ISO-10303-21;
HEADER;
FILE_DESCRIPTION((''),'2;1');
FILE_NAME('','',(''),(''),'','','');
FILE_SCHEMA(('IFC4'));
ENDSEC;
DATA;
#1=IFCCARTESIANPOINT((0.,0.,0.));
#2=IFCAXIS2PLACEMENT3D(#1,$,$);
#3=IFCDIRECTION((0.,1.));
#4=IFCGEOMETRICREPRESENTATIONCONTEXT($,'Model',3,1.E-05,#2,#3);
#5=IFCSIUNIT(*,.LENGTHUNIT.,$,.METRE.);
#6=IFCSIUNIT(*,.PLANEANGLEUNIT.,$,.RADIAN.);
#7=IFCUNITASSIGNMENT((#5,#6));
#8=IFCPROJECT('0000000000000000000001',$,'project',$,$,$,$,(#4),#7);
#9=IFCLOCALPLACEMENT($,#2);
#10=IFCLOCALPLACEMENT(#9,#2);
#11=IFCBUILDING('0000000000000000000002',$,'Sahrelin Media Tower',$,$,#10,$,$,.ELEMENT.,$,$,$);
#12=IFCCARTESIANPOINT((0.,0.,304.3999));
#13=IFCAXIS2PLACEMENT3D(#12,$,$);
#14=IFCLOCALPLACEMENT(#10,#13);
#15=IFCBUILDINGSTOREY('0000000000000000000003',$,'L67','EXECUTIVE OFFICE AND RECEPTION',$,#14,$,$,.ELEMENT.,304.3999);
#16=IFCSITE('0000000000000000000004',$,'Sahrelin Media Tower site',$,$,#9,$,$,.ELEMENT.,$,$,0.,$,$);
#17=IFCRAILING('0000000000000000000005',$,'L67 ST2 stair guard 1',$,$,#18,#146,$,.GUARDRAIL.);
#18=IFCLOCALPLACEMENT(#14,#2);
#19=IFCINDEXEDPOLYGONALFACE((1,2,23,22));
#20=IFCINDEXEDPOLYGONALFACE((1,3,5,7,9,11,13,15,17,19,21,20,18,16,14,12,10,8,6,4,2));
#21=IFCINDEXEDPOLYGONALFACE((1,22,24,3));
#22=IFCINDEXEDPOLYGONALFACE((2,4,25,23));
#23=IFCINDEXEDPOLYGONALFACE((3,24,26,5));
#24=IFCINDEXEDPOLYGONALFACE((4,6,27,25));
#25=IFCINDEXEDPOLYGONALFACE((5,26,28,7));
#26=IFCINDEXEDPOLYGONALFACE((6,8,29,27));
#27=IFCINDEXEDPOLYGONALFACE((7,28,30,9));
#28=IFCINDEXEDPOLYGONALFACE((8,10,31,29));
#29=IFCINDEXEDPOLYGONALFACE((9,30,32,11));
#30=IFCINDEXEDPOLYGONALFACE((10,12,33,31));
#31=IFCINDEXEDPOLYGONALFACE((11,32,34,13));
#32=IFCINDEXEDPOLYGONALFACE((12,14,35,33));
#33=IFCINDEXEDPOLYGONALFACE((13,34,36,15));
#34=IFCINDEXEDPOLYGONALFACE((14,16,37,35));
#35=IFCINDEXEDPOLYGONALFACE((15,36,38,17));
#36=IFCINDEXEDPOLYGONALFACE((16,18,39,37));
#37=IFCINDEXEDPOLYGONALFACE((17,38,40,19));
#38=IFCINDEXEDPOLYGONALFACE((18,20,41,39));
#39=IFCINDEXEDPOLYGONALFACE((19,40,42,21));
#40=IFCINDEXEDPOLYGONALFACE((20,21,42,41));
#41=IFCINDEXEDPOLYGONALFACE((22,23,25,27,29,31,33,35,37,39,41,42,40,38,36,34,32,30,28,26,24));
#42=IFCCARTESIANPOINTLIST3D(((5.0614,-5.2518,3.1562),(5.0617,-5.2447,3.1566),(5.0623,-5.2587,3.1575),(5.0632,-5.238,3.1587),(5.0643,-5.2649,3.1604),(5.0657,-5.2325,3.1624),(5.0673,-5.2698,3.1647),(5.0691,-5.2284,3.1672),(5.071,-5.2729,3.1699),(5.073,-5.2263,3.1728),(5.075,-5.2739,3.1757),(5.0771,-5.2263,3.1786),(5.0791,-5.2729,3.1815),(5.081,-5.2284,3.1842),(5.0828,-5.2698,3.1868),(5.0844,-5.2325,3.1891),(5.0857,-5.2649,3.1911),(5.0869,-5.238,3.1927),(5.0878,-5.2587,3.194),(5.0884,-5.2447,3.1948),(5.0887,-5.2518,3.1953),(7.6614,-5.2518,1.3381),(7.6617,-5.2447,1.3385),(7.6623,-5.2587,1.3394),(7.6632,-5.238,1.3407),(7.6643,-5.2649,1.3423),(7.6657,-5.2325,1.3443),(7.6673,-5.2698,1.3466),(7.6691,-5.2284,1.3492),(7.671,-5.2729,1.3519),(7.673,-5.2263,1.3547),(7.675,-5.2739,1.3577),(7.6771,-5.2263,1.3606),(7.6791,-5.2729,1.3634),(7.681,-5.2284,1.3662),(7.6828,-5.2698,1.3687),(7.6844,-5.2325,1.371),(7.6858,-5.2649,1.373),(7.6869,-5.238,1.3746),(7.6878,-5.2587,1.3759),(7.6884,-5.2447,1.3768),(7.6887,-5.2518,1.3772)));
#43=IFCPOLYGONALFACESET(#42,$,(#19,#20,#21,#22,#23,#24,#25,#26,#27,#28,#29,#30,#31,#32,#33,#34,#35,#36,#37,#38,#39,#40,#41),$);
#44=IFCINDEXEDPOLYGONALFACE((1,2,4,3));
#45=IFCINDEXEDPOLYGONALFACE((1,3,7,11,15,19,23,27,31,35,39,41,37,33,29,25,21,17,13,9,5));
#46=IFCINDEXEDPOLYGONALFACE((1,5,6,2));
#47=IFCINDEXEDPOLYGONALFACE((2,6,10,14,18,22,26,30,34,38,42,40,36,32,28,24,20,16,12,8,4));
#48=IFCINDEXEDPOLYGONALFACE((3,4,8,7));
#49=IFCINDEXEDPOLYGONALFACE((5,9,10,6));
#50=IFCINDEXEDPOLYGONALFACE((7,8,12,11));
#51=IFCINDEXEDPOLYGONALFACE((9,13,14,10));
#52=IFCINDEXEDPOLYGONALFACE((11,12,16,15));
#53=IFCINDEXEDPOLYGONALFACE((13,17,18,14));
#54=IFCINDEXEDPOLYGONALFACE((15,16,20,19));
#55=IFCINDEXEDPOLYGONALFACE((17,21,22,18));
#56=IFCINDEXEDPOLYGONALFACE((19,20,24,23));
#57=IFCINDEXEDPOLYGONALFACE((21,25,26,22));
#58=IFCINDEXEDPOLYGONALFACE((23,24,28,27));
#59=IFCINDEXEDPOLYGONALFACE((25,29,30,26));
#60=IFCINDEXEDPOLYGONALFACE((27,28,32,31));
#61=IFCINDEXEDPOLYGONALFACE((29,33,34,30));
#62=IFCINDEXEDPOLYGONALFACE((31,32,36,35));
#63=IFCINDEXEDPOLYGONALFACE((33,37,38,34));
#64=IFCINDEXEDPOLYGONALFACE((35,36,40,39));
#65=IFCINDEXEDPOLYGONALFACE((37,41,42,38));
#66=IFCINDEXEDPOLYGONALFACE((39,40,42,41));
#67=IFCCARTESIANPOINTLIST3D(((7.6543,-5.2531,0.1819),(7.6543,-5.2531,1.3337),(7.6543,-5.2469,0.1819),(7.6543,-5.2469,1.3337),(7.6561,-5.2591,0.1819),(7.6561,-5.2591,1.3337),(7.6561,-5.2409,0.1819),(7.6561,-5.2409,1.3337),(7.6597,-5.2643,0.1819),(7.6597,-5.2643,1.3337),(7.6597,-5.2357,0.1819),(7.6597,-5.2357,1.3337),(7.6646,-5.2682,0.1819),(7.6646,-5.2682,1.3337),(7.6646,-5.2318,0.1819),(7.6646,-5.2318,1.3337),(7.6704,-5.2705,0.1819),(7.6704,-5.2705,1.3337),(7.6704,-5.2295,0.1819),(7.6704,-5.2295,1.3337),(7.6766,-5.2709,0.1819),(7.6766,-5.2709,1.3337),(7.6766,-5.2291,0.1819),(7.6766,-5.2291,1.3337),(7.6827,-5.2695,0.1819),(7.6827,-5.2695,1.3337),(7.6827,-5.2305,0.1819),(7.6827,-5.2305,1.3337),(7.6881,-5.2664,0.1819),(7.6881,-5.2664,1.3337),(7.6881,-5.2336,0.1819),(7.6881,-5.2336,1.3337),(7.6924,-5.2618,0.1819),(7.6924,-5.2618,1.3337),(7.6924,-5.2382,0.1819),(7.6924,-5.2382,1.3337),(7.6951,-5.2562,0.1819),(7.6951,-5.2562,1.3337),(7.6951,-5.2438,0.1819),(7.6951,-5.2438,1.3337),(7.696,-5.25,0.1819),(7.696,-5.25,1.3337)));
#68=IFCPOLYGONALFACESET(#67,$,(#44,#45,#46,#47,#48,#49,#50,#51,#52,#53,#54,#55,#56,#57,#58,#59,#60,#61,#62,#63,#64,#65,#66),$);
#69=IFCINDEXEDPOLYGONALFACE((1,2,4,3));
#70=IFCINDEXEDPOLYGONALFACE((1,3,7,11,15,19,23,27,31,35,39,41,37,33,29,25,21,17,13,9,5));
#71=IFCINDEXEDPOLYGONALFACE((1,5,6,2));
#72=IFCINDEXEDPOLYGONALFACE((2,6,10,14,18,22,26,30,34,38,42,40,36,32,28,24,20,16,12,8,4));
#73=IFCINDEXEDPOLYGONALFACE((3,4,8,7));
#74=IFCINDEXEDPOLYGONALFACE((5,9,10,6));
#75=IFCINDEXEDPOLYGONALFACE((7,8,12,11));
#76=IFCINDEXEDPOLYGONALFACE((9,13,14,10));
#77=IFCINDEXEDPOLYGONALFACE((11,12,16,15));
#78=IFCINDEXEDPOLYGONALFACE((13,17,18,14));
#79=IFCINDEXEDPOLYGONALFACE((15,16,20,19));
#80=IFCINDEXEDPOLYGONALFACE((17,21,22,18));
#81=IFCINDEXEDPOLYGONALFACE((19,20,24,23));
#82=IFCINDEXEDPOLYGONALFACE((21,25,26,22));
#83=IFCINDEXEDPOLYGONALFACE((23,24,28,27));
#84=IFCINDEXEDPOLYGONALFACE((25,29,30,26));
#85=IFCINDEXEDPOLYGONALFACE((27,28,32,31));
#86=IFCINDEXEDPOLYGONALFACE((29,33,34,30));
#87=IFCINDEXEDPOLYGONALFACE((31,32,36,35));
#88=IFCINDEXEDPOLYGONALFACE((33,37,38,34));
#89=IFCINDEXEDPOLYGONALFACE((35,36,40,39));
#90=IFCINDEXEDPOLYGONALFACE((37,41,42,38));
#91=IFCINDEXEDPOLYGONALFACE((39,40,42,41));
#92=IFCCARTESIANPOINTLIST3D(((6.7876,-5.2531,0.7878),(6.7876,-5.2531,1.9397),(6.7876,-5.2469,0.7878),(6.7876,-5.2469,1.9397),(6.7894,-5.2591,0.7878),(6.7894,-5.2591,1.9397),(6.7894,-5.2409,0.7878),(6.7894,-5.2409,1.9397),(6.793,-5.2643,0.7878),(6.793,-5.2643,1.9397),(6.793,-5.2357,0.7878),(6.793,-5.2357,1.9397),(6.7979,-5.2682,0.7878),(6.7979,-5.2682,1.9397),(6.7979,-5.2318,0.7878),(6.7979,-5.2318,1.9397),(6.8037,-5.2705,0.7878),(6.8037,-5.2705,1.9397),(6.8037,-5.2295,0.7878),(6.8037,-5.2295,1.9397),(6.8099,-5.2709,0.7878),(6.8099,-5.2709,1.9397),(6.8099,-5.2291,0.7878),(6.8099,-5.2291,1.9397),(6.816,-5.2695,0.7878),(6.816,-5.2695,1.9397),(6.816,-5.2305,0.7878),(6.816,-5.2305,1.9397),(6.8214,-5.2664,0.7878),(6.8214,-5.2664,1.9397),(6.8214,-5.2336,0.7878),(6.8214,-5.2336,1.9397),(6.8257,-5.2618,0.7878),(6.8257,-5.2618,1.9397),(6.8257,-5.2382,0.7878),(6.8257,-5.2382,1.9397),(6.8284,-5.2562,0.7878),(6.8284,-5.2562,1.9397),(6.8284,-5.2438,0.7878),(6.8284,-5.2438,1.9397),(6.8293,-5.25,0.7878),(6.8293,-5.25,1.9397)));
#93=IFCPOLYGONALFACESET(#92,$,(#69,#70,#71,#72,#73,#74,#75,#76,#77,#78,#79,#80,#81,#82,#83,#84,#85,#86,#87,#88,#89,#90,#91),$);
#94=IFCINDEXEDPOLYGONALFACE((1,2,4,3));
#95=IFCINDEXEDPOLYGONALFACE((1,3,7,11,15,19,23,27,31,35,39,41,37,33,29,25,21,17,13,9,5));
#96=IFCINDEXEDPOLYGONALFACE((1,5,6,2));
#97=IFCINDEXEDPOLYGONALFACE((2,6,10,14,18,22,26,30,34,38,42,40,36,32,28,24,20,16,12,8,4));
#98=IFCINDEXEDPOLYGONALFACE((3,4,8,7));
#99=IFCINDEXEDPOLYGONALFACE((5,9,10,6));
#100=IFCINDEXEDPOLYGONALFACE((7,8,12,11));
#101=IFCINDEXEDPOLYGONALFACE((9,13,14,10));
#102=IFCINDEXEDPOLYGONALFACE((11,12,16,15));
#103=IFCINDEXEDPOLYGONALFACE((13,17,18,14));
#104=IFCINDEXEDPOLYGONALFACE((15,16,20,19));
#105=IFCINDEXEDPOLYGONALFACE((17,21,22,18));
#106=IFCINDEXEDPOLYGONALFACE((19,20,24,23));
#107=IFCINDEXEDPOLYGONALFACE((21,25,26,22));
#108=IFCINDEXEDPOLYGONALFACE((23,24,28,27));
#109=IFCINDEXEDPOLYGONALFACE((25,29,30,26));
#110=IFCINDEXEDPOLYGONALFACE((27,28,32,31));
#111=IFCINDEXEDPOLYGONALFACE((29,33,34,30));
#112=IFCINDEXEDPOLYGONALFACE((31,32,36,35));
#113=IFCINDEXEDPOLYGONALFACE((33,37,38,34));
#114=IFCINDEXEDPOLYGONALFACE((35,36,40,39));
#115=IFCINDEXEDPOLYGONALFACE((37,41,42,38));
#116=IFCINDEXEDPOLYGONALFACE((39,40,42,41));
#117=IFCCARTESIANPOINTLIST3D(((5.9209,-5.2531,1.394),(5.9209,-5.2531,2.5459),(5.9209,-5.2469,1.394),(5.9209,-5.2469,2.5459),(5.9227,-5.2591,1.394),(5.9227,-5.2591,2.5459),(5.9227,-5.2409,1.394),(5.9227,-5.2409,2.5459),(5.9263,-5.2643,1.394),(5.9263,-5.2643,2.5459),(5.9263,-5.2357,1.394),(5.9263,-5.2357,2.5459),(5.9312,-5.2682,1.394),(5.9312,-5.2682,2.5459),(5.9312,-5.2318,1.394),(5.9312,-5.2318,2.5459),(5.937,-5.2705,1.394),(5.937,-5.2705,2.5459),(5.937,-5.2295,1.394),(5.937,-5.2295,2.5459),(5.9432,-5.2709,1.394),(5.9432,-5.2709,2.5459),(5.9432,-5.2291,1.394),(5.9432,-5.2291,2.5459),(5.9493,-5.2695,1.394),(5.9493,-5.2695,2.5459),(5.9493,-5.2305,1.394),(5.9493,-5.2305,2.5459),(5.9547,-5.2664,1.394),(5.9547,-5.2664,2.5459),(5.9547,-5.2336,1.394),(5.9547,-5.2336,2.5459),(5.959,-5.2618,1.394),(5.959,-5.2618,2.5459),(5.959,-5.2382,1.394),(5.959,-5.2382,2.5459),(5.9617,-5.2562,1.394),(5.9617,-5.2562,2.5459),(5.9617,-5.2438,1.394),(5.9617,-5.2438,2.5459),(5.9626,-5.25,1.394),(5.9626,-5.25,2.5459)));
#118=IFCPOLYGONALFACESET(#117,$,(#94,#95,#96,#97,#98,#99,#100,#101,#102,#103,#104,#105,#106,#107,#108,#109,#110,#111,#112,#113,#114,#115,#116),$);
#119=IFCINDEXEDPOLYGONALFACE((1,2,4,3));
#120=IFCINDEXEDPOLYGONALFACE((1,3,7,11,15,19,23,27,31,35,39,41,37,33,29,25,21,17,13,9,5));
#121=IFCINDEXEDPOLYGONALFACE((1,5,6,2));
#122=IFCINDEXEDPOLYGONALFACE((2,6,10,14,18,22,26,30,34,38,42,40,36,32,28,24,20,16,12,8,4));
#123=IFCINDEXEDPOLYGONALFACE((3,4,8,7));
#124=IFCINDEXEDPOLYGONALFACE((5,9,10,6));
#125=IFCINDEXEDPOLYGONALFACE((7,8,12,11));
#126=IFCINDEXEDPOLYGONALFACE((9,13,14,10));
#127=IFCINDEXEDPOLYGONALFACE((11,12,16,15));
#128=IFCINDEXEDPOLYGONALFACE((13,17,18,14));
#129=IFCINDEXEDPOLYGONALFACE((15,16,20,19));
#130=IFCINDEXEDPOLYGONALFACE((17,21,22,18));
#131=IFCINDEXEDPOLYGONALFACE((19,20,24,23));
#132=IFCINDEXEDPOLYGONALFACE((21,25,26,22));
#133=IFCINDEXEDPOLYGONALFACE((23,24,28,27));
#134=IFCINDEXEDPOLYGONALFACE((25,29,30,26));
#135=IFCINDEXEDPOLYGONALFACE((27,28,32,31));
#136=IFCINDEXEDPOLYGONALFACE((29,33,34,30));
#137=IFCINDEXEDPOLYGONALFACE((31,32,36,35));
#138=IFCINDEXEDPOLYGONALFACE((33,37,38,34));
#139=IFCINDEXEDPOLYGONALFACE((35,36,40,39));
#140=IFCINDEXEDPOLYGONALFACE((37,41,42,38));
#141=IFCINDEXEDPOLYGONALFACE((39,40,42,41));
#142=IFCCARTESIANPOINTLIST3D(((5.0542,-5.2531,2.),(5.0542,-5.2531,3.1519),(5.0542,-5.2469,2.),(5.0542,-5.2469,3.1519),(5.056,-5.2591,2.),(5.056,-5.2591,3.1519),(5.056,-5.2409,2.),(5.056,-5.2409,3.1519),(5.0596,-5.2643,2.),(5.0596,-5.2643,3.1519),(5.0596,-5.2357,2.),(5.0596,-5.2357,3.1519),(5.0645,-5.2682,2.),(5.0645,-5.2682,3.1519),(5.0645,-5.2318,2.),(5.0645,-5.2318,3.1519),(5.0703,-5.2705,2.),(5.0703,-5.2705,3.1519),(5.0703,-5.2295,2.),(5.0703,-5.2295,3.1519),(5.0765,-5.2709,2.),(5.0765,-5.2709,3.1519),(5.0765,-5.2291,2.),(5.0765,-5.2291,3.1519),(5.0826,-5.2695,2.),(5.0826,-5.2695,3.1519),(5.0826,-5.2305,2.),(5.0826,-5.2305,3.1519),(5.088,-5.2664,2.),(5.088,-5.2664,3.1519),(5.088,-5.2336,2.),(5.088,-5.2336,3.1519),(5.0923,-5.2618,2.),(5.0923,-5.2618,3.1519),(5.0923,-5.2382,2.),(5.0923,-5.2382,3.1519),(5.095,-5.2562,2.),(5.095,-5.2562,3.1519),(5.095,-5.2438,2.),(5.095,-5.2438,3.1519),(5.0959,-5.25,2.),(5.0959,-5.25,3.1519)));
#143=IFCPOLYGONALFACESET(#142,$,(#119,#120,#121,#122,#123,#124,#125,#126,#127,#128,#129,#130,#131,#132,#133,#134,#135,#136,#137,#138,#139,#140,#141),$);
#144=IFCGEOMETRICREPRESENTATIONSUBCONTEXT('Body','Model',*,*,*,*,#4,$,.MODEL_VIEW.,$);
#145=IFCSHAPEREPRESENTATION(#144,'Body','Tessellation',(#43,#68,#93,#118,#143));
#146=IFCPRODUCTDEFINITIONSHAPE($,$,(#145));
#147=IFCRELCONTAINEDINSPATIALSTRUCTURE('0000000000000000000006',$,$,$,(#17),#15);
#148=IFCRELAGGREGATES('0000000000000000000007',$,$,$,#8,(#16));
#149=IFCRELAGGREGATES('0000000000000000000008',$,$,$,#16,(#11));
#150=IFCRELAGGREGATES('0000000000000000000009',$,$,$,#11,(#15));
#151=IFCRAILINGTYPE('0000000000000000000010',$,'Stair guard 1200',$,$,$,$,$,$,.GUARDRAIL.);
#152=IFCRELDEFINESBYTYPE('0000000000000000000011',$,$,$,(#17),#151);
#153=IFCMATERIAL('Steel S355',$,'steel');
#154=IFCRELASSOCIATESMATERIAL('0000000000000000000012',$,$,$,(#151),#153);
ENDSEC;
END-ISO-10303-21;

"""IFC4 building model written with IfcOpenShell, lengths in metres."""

from ifc_helpers import new_model, si_unit, direction, frame, origin, origin_2d, place, context, subcontext, project, spatial, circle, extrude, material, type_object, element, save


model = new_model("IFC4")

# Units and contexts
model_context = context("Model", 3, precision=1e-05, world=origin(), true_north=direction((0.0, 1.0)))
body_context = subcontext(model_context, "Body", "Model", "MODEL_VIEW")
ifc_project = project(units=[si_unit("LENGTHUNIT", "METRE"), si_unit("PLANEANGLEUNIT", "RADIAN")], contexts=[model_context])

# Site, building, storey
site_placement = place(None, origin())
site = spatial("IfcSite", under=ifc_project, at=site_placement, Name="Sahrelin Media Tower site", CompositionType="ELEMENT", RefElevation=0.0)
building_placement = place(site_placement, origin())
building = spatial("IfcBuilding", under=site, at=building_placement, Name="Sahrelin Media Tower", CompositionType="ELEMENT")
storey_placement = place(building_placement, frame((0.0, 0.0, 304.3999)))
storey = spatial("IfcBuildingStorey", under=building, at=storey_placement, Name="L67", Description="EXECUTIVE OFFICE AND RECEPTION", CompositionType="ELEMENT", Elevation=304.3999)

# Railing
ifc_material_1 = material(Name="Steel S355", Category="steel")
railing_type_1 = type_object("IfcRailingType", Name="Stair guard 1200", PredefinedType="GUARDRAIL", material=ifc_material_1)
railing_1_placement = place(storey_placement, frame((7.675, -5.25, 0.1819)))
element("IfcRailing", 1, at=railing_1_placement, inside=storey, type_object=railing_type_1, Name="L67 ST2 stair guard 1", PredefinedType="GUARDRAIL", context=body_context, shape_type="SweptSolid", body=[
    extrude(circle(Radius=0.0239, at=origin_2d()), frame((0.0, 0.0, 1.1758), z_axis=(-0.819521, 0.0, 0.573049), x_axis=(0.0, -1.0, 0.0)), (0.0, 0.0, 1.0), 3.1726),
    extrude(circle(Radius=0.021, at=origin_2d()), origin(), (0.0, 0.0, 1.0), 1.1519),
    extrude(circle(Radius=0.021, at=origin_2d()), frame((-0.8667, 0.0, 0.606)), (0.0, 0.0, 1.0), 1.1519),
    extrude(circle(Radius=0.021, at=origin_2d()), frame((-1.7334, 0.0, 1.2122)), (0.0, 0.0, 1.0), 1.1519),
    extrude(circle(Radius=0.021, at=origin_2d()), frame((-2.6001, 0.0, 1.8181)), (0.0, 0.0, 1.0), 1.1519),
])

save(model, "model.ifc")
